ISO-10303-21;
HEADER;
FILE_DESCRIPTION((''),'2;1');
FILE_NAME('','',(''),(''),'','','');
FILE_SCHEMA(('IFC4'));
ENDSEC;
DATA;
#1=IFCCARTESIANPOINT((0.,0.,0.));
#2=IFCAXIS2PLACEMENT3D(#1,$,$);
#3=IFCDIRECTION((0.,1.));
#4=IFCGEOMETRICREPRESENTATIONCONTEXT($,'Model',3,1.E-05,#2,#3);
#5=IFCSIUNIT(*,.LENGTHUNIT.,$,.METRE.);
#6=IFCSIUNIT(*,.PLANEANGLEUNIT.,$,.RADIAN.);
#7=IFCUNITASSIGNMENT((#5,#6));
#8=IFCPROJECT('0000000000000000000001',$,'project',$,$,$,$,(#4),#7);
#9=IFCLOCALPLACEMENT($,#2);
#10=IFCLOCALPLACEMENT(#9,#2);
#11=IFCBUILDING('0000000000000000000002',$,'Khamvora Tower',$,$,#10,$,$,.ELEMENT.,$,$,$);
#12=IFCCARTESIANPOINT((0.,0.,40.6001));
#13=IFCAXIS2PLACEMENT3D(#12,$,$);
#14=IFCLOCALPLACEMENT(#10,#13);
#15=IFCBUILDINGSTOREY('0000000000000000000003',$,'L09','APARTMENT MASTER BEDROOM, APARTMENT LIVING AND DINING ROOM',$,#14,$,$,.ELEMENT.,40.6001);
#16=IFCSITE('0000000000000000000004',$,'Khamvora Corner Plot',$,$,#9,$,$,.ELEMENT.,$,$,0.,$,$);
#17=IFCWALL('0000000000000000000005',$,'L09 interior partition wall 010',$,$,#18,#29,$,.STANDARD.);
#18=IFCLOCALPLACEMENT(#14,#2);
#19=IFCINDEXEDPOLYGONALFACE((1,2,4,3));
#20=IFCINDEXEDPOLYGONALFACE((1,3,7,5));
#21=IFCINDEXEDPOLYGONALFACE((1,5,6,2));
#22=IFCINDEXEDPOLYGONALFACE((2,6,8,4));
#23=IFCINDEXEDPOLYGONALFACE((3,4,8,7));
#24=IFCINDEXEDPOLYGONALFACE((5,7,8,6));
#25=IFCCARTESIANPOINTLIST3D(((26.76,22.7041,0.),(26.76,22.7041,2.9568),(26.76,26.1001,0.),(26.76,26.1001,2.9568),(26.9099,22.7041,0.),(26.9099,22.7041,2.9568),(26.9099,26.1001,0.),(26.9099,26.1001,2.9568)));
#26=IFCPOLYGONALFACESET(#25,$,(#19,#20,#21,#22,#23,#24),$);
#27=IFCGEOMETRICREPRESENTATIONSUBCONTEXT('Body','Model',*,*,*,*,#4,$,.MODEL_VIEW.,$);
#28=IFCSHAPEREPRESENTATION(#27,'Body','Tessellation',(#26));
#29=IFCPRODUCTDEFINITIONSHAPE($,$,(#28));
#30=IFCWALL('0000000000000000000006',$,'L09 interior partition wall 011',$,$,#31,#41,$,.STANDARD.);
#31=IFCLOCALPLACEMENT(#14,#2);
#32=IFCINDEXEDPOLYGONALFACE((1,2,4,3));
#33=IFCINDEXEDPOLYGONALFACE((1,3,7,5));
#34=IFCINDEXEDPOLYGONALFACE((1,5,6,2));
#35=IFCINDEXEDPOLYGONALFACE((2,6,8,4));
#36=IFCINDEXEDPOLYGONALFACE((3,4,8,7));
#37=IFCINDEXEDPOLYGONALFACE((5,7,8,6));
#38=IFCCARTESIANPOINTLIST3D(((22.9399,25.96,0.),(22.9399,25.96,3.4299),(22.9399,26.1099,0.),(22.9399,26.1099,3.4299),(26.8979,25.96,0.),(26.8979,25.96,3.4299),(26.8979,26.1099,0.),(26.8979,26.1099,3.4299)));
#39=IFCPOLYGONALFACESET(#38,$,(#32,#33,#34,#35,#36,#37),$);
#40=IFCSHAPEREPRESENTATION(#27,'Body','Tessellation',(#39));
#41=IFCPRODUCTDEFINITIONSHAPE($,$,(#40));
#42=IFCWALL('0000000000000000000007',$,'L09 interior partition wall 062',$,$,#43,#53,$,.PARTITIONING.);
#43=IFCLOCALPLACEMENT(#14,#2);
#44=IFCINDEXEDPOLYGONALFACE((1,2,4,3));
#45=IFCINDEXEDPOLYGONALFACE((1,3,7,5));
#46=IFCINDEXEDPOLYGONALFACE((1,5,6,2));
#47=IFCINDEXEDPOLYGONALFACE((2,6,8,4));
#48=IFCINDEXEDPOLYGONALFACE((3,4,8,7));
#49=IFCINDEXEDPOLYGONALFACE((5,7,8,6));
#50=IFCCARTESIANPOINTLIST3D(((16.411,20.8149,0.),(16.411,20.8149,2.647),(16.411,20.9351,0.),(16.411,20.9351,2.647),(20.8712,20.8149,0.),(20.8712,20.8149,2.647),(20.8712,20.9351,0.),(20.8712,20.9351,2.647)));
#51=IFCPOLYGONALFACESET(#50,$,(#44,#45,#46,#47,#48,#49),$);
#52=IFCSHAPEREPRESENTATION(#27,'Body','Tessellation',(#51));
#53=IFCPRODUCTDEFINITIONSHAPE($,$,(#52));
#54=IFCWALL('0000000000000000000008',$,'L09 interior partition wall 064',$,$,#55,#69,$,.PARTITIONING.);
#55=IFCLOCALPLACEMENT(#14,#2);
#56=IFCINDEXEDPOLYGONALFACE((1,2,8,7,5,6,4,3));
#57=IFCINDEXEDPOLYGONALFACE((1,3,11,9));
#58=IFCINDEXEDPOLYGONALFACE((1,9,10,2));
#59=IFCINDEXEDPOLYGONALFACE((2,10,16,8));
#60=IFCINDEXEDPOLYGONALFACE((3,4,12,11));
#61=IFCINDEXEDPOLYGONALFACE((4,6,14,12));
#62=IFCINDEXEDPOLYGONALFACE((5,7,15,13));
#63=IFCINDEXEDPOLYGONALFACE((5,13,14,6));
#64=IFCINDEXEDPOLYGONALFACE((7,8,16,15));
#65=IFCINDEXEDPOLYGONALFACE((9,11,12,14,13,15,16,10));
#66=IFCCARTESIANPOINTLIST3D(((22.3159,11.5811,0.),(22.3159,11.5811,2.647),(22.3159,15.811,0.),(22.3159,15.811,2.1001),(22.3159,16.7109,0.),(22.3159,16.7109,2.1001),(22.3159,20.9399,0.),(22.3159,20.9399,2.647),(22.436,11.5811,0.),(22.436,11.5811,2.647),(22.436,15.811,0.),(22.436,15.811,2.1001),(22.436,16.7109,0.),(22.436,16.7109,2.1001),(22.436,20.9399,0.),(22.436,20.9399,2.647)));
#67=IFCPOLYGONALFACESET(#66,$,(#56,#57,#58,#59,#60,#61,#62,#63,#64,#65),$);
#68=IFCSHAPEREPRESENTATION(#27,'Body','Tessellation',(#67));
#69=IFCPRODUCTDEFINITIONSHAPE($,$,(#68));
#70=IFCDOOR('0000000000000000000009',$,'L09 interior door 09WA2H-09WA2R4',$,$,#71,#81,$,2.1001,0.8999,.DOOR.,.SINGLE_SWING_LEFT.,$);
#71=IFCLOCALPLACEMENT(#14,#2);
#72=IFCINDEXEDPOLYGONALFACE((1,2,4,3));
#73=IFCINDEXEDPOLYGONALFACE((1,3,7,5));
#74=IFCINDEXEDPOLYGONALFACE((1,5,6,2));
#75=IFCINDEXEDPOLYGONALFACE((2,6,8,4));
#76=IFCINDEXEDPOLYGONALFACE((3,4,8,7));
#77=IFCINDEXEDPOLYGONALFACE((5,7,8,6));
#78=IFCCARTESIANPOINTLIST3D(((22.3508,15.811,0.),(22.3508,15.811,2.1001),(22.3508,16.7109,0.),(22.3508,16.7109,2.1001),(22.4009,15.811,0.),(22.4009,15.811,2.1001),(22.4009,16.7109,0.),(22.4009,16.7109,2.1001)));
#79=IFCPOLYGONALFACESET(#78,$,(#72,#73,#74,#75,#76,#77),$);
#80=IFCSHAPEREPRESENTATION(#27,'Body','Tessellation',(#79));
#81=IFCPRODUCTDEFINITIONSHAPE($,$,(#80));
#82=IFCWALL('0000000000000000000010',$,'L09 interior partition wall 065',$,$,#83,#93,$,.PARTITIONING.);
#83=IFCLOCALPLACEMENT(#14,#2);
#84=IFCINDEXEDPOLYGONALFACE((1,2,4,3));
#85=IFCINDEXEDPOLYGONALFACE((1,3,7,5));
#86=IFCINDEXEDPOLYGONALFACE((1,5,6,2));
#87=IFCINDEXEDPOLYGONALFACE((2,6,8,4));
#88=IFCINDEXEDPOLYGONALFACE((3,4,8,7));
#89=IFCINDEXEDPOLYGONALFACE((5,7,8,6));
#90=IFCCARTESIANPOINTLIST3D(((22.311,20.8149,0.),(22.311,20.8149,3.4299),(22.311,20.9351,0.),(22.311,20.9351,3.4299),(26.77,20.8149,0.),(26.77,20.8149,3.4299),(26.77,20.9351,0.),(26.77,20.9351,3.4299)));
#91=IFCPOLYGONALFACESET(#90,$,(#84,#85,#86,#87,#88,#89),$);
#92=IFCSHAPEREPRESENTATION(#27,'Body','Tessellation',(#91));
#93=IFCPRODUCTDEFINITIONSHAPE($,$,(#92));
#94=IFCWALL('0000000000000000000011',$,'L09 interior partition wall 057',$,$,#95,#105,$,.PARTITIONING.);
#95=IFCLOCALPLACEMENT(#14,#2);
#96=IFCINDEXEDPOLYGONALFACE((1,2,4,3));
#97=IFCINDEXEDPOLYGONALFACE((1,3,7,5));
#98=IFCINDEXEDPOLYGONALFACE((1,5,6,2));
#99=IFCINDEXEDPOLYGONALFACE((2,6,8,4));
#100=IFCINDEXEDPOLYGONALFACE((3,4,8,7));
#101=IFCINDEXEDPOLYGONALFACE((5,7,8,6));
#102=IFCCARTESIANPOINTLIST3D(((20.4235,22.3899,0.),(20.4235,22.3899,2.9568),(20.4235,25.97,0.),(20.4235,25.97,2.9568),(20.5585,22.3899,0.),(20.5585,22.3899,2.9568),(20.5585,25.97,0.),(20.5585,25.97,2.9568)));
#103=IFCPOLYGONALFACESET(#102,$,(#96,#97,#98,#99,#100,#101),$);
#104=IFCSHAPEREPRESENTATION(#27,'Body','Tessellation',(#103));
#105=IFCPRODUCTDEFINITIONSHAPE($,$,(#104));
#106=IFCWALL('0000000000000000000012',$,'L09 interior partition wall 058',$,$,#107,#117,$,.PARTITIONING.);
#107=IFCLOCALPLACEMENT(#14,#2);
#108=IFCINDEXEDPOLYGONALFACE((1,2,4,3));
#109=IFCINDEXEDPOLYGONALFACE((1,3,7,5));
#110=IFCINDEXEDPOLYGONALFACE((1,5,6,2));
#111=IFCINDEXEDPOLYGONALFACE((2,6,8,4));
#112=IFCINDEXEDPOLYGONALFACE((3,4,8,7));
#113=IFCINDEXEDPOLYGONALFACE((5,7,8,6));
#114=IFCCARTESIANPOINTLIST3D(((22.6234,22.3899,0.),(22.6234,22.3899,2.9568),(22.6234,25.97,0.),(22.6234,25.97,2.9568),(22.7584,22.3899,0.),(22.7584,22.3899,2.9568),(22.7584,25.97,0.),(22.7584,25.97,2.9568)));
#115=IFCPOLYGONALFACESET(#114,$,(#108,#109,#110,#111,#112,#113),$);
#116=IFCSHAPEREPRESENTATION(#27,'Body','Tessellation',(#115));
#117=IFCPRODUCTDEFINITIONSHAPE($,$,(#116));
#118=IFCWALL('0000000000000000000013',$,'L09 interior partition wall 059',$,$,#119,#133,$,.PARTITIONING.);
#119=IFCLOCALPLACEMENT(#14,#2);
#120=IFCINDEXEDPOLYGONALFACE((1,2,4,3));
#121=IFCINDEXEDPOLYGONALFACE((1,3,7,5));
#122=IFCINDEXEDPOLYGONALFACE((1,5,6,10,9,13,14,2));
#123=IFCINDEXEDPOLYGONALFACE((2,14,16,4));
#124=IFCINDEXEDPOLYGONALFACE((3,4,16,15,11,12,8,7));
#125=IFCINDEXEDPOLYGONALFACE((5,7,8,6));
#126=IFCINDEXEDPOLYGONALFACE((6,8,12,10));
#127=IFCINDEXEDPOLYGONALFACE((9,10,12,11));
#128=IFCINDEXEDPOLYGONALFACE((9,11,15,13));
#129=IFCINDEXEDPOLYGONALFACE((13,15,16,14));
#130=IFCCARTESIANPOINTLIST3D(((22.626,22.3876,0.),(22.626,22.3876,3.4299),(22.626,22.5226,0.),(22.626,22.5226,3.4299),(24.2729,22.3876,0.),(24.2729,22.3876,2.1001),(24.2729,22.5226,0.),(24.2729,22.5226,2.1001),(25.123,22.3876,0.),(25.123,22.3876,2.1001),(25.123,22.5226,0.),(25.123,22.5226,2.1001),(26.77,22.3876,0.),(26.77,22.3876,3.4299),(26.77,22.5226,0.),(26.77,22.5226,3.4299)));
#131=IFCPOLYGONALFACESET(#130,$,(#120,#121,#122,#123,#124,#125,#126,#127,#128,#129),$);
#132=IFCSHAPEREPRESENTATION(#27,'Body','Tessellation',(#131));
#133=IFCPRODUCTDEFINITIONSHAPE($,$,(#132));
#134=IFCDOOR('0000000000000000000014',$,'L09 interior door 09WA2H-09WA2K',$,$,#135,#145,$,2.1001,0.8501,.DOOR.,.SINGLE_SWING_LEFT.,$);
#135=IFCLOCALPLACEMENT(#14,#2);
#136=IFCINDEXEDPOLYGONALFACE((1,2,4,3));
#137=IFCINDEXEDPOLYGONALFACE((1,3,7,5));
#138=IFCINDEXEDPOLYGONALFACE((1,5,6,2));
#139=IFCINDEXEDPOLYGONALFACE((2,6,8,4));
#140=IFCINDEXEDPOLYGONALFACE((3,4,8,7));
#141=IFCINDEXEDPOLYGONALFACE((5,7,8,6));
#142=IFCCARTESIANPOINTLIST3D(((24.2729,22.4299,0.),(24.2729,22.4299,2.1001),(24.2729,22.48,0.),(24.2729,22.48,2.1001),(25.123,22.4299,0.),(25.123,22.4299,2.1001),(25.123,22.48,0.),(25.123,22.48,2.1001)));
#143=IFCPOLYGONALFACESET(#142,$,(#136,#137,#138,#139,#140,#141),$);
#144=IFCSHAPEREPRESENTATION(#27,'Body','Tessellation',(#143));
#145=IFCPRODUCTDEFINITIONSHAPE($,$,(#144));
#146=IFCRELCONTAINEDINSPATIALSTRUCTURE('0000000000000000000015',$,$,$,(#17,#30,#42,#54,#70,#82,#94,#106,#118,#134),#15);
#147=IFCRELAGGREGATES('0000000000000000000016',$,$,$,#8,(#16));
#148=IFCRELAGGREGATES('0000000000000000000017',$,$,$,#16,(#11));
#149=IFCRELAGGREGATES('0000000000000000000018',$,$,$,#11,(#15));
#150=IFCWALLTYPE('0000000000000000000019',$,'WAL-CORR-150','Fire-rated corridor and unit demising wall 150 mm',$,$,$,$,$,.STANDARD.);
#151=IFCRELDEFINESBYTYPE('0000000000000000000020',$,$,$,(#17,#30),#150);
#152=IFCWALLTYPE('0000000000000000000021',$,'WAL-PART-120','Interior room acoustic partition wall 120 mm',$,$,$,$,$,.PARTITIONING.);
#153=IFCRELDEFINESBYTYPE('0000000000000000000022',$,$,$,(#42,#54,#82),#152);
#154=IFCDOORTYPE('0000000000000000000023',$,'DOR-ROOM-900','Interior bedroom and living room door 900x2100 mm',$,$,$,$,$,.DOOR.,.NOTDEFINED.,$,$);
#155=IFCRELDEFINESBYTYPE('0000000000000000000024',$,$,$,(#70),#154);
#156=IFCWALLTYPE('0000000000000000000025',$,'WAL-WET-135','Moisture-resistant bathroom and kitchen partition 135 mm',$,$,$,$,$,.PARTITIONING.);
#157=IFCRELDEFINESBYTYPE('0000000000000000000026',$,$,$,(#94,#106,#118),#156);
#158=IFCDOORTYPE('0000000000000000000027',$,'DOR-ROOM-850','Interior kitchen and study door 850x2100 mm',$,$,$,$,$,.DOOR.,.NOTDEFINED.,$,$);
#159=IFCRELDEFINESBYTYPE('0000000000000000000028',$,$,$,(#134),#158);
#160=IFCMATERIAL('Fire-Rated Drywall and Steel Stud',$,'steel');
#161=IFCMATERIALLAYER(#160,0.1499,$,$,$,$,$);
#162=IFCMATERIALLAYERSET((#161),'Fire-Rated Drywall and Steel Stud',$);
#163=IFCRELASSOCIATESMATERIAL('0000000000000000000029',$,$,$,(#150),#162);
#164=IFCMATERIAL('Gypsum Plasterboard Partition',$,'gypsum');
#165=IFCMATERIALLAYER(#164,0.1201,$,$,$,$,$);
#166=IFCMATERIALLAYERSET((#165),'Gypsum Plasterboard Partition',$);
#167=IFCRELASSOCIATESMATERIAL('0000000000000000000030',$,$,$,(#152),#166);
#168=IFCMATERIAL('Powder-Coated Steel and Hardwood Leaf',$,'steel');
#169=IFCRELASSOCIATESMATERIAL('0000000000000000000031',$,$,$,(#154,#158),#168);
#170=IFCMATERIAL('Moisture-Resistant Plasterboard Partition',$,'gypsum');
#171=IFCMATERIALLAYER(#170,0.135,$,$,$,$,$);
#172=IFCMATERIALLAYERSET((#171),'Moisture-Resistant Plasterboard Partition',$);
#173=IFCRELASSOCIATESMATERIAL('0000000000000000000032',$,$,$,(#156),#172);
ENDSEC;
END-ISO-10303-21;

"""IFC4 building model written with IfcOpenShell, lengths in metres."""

from ifc_helpers import new_model, si_unit, direction, frame, frame_2d, origin, place, context, subcontext, project, spatial, rectangle, extrude, material, layer, layer_set, type_object, element, fill, save


model = new_model("IFC4")

# Units and contexts
model_context = context("Model", 3, precision=1e-05, world=origin(), true_north=direction((0.0, 1.0)))
body_context = subcontext(model_context, "Body", "Model", "MODEL_VIEW")
ifc_project = project(units=[si_unit("LENGTHUNIT", "METRE"), si_unit("PLANEANGLEUNIT", "RADIAN")], contexts=[model_context])

# Site, building, storey
site_placement = place(None, origin())
site = spatial("IfcSite", under=ifc_project, at=site_placement, Name="Khamvora Corner Plot", CompositionType="ELEMENT", RefElevation=0.0)
building_placement = place(site_placement, origin())
building = spatial("IfcBuilding", under=site, at=building_placement, Name="Khamvora Tower", CompositionType="ELEMENT")
storey_placement = place(building_placement, frame((0.0, 0.0, 40.6001)))
storey = spatial("IfcBuildingStorey", under=building, at=storey_placement, Name="L09", Description="APARTMENT MASTER BEDROOM, APARTMENT LIVING AND DINING ROOM", CompositionType="ELEMENT", Elevation=40.6001)

# Shared definitions
ifc_material_1 = material(Name="Powder-Coated Steel and Hardwood Leaf", Category="steel")

# Shared definitions
ifc_material_2 = material(Name="Fire-Rated Drywall and Steel Stud", Category="steel")
ifc_layer_1 = layer(ifc_material_2, 0.1499)
ifc_layer_set_1 = layer_set([ifc_layer_1], Name="Fire-Rated Drywall and Steel Stud")
wall_type_1 = type_object("IfcWallType", Name="WAL-CORR-150", Description="Fire-rated corridor and unit demising wall 150 mm", PredefinedType="STANDARD", material=ifc_layer_set_1)

# Walls
wall_1_placement = place(storey_placement, frame((26.835, 22.7041, 0.0), z_axis=(0.0, 0.0, 1.0), x_axis=(0.0, 1.0, 0.0)))
element("IfcWall", 1, at=wall_1_placement, inside=storey, type_object=wall_type_1, Name="L09 interior partition wall 010", PredefinedType="STANDARD", context=body_context, shape_type="SweptSolid", body=[
    extrude(rectangle(XDim=3.396, YDim=0.1499, at=frame_2d((1.698, 0.0))), origin(), (0.0, 0.0, 1.0), 2.9568),
])
wall_2_placement = place(storey_placement, frame((26.8979, 26.0349, 0.0), z_axis=(0.0, 0.0, 1.0), x_axis=(-1.0, 0.0, 0.0)))
element("IfcWall", 2, at=wall_2_placement, inside=storey, type_object=wall_type_1, Name="L09 interior partition wall 011", PredefinedType="STANDARD", context=body_context, shape_type="SweptSolid", body=[
    extrude(rectangle(XDim=3.958, YDim=0.1499, at=frame_2d((1.979, 0.0))), origin(), (0.0, 0.0, 1.0), 3.4299),
])
ifc_material_3 = material(Name="Gypsum Plasterboard Partition", Category="gypsum")
ifc_layer_2 = layer(ifc_material_3, 0.1201)
ifc_layer_set_2 = layer_set([ifc_layer_2], Name="Gypsum Plasterboard Partition")
wall_type_2 = type_object("IfcWallType", Name="WAL-PART-120", Description="Interior room acoustic partition wall 120 mm", PredefinedType="PARTITIONING", material=ifc_layer_set_2)
wall_3_placement = place(storey_placement, frame((20.8711, 20.875, 0.0), z_axis=(0.0, 0.0, 1.0), x_axis=(-1.0, 0.0, 0.0)))
element("IfcWall", 3, at=wall_3_placement, inside=storey, type_object=wall_type_2, Name="L09 interior partition wall 062", PredefinedType="PARTITIONING", context=body_context, shape_type="SweptSolid", body=[
    extrude(rectangle(XDim=4.4602, YDim=0.1201, at=frame_2d((2.23, 0.0))), origin(), (0.0, 0.0, 1.0), 2.647),
])

# Wall, opening, door
wall_4_placement = place(storey_placement, frame((22.376, 20.9399, 0.0), z_axis=(0.0, 0.0, 1.0), x_axis=(0.0, -1.0, 0.0)))
wall_4 = element("IfcWall", 4, at=wall_4_placement, inside=storey, type_object=wall_type_2, Name="L09 interior partition wall 064", PredefinedType="PARTITIONING", context=body_context, shape_type="SweptSolid", body=[
    extrude(rectangle(XDim=9.3589, YDim=0.1201, at=frame_2d((4.6794, 0.0))), origin(), (0.0, 0.0, 1.0), 2.647),
])
opening_1_placement = place(wall_4_placement, frame((4.229, 0.0, 0.0)))
opening_1 = element("IfcOpeningElement", 5, at=opening_1_placement, cuts=wall_4, PredefinedType="OPENING", context=body_context, shape_type="SweptSolid", body=[
    extrude(rectangle(XDim=0.8999, YDim=2.1001, at=frame_2d((0.45, 1.05))), frame((0.0, 0.0701, 0.0), z_axis=(0.0, -1.0, 0.0), x_axis=(1.0, 0.0, 0.0)), (0.0, 0.0, 1.0), 0.1401),
])
door_type_1 = type_object("IfcDoorType", Name="DOR-ROOM-900", Description="Interior bedroom and living room door 900x2100 mm", OperationType="NOTDEFINED", PredefinedType="DOOR", material=ifc_material_1)
door_1_placement = place(opening_1_placement, origin())
door_1 = element("IfcDoor", 6, at=door_1_placement, inside=storey, type_object=door_type_1, Name="L09 interior door 09WA2H-09WA2R4", OperationType="SINGLE_SWING_LEFT", OverallHeight=2.1001, OverallWidth=0.8999, PredefinedType="DOOR", context=body_context, shape_type="SweptSolid", body=[
    extrude(rectangle(XDim=0.8999, YDim=2.1001, at=frame_2d((0.45, 1.05))), frame((0.0, 0.0249, 0.0), z_axis=(0.0, -1.0, 0.0), x_axis=(1.0, 0.0, 0.0)), (0.0, 0.0, 1.0), 0.05),
])
fill(opening_1, door_1)

# Walls
wall_5_placement = place(storey_placement, frame((26.77, 20.875, 0.0), z_axis=(0.0, 0.0, 1.0), x_axis=(-1.0, 0.0, 0.0)))
element("IfcWall", 7, at=wall_5_placement, inside=storey, type_object=wall_type_2, Name="L09 interior partition wall 065", PredefinedType="PARTITIONING", context=body_context, shape_type="SweptSolid", body=[
    extrude(rectangle(XDim=4.459, YDim=0.1201, at=frame_2d((2.2295, 0.0))), origin(), (0.0, 0.0, 1.0), 3.4299),
])
ifc_material_4 = material(Name="Moisture-Resistant Plasterboard Partition", Category="gypsum")
ifc_layer_3 = layer(ifc_material_4, 0.135)
ifc_layer_set_3 = layer_set([ifc_layer_3], Name="Moisture-Resistant Plasterboard Partition")
wall_type_3 = type_object("IfcWallType", Name="WAL-WET-135", Description="Moisture-resistant bathroom and kitchen partition 135 mm", PredefinedType="PARTITIONING", material=ifc_layer_set_3)
for number, where, z_axis, x_axis, name in (
    (8, (20.491, 22.3899, 0.0), (0.0, 0.0, 1.0), (0.0, 1.0, 0.0), "L09 interior partition wall 057"),
    (9, (22.6909, 25.97, 0.0), (0.0, 0.0, 1.0), (0.0, -1.0, 0.0), "L09 interior partition wall 058"),
):
    element("IfcWall", number, at=place(storey_placement, frame(where, z_axis=z_axis, x_axis=x_axis)), inside=storey, type_object=wall_type_3, Name=name, PredefinedType="PARTITIONING", context=body_context, shape_type="SweptSolid", body=[
        extrude(rectangle(XDim=3.5801, YDim=0.135, at=frame_2d((1.79, 0.0))), origin(), (0.0, 0.0, 1.0), 2.9568),
    ])

# Wall, opening, door
wall_6_placement = place(storey_placement, frame((22.626, 22.4551, 0.0), z_axis=(0.0, 0.0, 1.0), x_axis=(1.0, 0.0, 0.0)))
wall_6 = element("IfcWall", 10, at=wall_6_placement, inside=storey, type_object=wall_type_3, Name="L09 interior partition wall 059", PredefinedType="PARTITIONING", context=body_context, shape_type="SweptSolid", body=[
    extrude(rectangle(XDim=4.144, YDim=0.135, at=frame_2d((2.072, 0.0))), origin(), (0.0, 0.0, 1.0), 3.4299),
])
opening_2_placement = place(wall_6_placement, frame((1.647, 0.0, 0.0)))
opening_2 = element("IfcOpeningElement", 11, at=opening_2_placement, cuts=wall_6, PredefinedType="OPENING", context=body_context, shape_type="SweptSolid", body=[
    extrude(rectangle(XDim=0.8501, YDim=2.1001, at=frame_2d((0.425, 1.05))), frame((0.0, 0.0774, 0.0), z_axis=(0.0, -1.0, 0.0), x_axis=(1.0, 0.0, 0.0)), (0.0, 0.0, 1.0), 0.155),
])
door_type_2 = type_object("IfcDoorType", Name="DOR-ROOM-850", Description="Interior kitchen and study door 850x2100 mm", OperationType="NOTDEFINED", PredefinedType="DOOR", material=ifc_material_1)
door_2_placement = place(opening_2_placement, origin())
door_2 = element("IfcDoor", 12, at=door_2_placement, inside=storey, type_object=door_type_2, Name="L09 interior door 09WA2H-09WA2K", OperationType="SINGLE_SWING_LEFT", OverallHeight=2.1001, OverallWidth=0.8501, PredefinedType="DOOR", context=body_context, shape_type="SweptSolid", body=[
    extrude(rectangle(XDim=0.8501, YDim=2.1001, at=frame_2d((0.425, 1.05))), frame((0.0, 0.0249, 0.0), z_axis=(0.0, -1.0, 0.0), x_axis=(1.0, 0.0, 0.0)), (0.0, 0.0, 1.0), 0.05),
])
fill(opening_2, door_2)

save(model, "model.ifc")
